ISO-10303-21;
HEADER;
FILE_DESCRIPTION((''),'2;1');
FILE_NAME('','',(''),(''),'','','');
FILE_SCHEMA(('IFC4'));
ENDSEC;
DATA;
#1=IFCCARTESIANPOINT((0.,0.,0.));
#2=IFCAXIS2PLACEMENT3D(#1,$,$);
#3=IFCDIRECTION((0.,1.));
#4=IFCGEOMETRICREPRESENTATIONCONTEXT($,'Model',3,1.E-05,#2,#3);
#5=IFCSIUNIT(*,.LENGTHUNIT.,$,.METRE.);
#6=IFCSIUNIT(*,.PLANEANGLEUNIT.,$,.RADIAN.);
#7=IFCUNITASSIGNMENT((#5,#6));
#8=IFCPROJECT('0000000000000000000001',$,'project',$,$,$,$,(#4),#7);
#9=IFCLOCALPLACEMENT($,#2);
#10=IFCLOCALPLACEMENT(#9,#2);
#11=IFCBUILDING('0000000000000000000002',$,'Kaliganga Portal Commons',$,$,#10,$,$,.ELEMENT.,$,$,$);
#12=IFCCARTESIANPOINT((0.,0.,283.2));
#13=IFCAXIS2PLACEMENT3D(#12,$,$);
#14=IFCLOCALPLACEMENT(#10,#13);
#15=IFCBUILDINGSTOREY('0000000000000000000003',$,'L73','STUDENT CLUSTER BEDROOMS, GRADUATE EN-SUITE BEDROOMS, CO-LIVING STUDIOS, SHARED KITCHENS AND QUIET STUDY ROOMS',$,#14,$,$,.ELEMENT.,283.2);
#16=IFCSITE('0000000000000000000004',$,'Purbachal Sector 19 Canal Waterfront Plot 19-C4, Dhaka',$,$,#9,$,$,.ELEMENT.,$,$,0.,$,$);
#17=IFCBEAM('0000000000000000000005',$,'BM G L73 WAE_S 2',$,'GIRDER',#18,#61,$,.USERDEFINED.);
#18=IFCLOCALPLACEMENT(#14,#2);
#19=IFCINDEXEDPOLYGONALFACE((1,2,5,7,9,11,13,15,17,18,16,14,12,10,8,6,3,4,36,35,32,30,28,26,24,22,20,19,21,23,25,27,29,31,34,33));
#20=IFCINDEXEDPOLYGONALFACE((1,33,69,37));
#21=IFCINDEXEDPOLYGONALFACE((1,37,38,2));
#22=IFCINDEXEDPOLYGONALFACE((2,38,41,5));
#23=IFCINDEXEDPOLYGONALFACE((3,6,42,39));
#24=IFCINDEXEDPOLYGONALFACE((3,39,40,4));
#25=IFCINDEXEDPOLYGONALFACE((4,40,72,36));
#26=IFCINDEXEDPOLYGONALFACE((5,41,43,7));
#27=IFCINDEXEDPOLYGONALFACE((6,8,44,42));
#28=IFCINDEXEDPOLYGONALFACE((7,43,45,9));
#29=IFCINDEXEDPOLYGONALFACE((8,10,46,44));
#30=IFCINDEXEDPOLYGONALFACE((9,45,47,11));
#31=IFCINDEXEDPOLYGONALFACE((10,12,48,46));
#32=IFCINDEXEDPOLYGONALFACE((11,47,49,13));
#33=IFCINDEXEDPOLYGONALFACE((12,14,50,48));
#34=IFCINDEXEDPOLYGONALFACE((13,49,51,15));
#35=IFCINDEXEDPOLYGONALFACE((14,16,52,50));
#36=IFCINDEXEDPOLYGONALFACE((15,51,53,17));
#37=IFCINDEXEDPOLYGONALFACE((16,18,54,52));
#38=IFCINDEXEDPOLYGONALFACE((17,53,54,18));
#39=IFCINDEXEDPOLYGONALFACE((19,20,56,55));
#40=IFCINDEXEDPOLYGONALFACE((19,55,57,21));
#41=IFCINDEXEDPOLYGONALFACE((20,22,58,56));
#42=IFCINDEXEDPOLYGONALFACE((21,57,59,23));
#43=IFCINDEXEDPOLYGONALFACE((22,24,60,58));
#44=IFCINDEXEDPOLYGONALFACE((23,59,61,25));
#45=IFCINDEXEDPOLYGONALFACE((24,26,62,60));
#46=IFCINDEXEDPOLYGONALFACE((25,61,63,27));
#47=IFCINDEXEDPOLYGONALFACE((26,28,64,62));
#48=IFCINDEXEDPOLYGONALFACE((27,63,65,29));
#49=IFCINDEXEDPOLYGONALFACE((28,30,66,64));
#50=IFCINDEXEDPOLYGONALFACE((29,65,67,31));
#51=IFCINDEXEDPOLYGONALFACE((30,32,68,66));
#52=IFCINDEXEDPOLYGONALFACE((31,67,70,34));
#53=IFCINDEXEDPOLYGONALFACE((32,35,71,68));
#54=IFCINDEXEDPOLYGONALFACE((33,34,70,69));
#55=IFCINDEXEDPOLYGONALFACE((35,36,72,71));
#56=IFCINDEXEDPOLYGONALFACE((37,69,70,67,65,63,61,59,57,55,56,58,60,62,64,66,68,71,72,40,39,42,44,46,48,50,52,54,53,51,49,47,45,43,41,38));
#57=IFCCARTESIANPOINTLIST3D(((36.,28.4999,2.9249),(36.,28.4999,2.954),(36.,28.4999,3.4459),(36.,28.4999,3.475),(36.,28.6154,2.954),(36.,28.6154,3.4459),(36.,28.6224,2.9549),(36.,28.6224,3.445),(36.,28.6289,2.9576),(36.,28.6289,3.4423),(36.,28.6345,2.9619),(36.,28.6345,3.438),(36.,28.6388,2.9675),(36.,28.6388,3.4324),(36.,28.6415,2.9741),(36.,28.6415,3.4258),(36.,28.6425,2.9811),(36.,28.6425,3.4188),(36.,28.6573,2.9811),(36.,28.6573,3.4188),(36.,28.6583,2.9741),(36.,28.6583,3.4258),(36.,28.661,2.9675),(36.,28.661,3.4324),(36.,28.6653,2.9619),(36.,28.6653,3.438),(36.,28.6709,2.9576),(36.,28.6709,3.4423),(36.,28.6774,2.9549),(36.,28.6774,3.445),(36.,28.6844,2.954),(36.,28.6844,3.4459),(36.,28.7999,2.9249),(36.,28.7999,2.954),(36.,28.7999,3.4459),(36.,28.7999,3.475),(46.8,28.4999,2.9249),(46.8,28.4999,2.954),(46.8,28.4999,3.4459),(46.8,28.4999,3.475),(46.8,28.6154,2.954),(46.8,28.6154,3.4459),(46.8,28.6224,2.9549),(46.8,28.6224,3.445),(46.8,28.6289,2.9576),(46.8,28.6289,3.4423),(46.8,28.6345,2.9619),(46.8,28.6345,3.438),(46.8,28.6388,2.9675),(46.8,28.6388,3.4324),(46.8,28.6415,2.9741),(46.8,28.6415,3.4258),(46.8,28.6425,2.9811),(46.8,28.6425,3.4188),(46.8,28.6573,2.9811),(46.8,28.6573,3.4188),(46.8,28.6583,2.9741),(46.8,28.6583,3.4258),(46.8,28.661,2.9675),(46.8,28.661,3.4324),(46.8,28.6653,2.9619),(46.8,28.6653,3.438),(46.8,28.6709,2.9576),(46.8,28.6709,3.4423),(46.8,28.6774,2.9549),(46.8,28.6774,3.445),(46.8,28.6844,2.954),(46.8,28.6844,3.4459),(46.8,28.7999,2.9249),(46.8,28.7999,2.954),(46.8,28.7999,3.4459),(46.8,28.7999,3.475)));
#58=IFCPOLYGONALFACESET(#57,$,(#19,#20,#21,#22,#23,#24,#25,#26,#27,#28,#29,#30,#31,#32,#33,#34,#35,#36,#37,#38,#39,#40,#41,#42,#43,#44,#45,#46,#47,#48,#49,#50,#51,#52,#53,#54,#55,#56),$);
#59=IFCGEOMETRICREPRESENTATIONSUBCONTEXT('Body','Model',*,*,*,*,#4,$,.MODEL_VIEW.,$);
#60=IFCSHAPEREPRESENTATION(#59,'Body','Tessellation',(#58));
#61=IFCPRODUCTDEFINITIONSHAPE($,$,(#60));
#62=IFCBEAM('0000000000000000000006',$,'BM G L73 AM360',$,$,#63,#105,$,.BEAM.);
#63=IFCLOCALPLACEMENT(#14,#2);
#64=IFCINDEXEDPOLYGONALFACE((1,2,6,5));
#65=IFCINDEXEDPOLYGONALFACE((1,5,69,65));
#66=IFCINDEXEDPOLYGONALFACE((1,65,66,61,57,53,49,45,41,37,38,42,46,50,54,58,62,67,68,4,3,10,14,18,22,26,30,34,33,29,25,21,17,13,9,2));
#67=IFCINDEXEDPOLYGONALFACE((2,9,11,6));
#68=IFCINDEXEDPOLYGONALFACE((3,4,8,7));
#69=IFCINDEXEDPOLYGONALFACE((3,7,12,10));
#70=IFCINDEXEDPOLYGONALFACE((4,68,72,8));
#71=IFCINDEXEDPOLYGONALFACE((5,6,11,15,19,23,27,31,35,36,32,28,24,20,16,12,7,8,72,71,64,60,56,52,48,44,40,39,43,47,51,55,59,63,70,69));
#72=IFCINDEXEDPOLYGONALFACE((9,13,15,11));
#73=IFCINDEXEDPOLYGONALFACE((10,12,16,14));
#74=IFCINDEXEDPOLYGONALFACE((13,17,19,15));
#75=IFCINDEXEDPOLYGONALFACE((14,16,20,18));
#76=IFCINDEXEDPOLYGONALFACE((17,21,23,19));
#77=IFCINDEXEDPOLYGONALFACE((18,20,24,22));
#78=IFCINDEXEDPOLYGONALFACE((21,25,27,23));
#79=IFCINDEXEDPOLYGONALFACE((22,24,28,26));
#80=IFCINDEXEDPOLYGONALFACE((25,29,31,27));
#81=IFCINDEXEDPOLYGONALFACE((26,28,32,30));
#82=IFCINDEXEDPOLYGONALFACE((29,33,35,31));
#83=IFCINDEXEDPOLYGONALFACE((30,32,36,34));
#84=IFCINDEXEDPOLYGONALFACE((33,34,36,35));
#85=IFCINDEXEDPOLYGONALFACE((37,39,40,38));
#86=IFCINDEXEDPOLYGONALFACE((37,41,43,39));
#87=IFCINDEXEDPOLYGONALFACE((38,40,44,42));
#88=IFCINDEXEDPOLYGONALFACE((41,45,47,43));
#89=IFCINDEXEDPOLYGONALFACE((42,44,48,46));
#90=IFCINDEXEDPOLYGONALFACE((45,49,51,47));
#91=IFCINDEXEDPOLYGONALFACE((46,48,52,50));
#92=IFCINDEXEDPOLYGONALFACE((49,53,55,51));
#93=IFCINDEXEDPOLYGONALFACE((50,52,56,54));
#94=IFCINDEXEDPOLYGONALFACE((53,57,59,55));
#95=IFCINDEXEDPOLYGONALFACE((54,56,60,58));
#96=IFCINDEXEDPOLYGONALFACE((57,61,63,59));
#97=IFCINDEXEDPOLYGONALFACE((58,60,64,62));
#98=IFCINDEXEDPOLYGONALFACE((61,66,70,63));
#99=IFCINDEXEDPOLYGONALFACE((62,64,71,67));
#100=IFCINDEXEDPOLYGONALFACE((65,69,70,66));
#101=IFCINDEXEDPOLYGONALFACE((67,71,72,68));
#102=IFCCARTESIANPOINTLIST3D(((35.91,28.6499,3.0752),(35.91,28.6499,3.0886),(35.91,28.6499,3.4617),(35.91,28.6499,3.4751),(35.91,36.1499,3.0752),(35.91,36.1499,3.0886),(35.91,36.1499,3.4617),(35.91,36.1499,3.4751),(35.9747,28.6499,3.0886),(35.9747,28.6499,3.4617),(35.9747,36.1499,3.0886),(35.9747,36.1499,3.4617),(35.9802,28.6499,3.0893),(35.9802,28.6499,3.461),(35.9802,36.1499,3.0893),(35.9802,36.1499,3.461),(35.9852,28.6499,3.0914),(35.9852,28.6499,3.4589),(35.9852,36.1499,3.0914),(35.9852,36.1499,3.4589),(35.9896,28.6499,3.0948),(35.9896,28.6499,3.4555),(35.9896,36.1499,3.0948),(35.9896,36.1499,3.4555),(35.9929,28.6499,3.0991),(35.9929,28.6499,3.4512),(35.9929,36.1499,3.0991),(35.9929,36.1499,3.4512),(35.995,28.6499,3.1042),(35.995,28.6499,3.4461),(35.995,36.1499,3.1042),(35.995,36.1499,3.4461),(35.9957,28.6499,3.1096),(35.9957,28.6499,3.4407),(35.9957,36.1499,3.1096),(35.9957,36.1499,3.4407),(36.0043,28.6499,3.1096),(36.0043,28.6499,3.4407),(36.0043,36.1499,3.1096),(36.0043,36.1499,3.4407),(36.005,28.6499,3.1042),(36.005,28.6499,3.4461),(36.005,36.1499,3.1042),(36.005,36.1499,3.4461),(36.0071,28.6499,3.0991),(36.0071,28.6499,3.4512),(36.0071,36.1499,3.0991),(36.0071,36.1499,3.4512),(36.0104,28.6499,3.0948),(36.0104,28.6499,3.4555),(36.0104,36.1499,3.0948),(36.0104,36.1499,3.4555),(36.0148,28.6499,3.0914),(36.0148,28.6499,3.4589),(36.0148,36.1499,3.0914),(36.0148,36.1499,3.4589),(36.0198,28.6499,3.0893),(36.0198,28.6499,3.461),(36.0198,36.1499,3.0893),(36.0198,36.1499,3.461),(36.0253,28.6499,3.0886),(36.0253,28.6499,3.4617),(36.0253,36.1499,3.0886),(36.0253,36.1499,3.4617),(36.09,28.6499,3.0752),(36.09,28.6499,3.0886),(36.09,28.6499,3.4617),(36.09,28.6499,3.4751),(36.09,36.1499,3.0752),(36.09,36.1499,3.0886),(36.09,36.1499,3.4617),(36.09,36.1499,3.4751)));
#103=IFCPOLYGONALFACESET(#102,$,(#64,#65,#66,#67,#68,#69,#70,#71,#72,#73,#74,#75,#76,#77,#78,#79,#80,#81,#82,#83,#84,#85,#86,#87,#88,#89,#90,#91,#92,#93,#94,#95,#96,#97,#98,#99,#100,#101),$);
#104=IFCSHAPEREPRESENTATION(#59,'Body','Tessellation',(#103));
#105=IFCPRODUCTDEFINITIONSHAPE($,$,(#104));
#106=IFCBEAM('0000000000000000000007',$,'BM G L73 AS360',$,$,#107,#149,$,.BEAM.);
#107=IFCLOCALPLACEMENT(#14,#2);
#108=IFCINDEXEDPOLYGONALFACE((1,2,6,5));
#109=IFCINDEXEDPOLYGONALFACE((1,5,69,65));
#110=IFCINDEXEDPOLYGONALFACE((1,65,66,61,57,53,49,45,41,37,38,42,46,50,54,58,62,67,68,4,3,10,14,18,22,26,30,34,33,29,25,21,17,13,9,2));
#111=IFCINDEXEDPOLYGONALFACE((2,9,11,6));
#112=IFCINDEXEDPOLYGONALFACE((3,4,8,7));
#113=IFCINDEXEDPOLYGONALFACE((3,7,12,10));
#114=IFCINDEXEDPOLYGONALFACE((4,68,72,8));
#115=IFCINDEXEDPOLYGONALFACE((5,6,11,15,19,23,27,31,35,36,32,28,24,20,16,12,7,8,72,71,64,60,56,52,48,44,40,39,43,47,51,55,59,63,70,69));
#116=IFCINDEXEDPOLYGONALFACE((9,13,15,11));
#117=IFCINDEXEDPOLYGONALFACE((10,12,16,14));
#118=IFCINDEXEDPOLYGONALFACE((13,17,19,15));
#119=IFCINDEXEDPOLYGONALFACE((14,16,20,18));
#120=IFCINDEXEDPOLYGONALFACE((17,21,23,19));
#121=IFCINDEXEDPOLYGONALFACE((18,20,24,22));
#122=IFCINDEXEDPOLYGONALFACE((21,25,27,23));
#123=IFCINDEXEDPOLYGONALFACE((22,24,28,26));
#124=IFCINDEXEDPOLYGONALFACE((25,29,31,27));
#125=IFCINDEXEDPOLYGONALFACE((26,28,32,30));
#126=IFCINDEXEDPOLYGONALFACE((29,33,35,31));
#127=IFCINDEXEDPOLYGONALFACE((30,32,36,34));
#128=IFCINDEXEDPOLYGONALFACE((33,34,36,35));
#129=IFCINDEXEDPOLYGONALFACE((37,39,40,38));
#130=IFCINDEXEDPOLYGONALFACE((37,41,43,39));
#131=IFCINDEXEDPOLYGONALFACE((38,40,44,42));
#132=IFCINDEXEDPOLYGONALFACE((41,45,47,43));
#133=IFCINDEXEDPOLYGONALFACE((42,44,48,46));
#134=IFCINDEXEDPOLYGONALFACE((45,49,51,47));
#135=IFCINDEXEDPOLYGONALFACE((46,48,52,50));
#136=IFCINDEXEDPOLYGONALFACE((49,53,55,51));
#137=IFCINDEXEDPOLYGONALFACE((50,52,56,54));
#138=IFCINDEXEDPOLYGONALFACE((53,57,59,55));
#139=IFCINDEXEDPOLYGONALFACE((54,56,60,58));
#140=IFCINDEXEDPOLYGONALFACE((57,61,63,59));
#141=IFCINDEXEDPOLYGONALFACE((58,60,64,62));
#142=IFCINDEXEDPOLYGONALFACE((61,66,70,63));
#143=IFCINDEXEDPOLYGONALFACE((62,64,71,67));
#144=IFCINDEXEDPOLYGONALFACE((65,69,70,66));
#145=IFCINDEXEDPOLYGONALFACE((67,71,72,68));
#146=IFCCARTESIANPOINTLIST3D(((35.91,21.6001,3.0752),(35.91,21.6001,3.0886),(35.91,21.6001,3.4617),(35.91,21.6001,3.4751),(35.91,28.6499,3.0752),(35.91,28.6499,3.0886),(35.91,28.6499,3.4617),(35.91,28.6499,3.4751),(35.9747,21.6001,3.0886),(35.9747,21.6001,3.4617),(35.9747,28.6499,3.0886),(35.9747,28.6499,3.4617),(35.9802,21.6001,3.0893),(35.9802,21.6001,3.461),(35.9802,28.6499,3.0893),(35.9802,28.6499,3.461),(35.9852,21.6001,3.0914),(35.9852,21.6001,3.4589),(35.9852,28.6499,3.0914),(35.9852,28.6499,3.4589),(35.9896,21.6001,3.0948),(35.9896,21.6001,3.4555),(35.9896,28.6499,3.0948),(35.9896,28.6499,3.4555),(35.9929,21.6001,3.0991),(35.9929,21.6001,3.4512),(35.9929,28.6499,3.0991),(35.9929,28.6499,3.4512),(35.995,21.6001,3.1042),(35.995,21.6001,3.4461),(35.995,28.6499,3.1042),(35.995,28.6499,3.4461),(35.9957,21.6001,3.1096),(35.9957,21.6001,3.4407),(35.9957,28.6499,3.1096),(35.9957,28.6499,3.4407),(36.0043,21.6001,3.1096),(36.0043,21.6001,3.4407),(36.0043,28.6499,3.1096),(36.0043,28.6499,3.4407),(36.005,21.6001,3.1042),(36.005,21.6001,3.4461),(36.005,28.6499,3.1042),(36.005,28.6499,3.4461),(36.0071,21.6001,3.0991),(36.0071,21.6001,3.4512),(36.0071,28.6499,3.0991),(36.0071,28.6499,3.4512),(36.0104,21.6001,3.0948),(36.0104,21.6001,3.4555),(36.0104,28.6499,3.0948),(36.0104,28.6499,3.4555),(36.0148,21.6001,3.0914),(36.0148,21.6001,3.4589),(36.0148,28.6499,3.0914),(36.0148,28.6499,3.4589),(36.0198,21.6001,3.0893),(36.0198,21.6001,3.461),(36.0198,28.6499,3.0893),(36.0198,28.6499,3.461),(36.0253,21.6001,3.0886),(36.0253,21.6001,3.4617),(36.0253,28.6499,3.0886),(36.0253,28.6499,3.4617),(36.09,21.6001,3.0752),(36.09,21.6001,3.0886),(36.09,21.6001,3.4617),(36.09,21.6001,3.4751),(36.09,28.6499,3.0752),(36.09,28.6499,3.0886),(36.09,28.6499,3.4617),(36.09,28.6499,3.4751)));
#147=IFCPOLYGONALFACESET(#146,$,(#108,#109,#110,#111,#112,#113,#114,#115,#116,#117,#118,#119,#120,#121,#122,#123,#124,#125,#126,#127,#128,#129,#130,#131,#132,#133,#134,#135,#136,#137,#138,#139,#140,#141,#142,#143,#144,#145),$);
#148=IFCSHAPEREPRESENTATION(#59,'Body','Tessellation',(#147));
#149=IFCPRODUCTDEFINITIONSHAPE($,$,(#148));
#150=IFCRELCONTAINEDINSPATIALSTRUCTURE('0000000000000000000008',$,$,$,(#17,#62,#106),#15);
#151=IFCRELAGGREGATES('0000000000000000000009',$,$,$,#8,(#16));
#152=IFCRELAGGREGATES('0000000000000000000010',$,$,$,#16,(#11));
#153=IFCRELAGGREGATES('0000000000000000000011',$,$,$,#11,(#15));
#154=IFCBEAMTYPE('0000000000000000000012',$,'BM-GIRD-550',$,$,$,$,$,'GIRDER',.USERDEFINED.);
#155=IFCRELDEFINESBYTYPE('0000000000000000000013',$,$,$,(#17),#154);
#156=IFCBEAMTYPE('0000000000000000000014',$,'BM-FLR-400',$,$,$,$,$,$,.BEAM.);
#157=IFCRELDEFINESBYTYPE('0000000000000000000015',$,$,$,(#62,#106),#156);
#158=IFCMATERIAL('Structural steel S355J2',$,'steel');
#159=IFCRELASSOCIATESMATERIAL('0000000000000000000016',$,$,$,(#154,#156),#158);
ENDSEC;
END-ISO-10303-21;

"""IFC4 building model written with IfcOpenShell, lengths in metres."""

from ifc_helpers import new_model, si_unit, direction, frame, origin, origin_2d, place, context, subcontext, project, spatial, i_section, extrude, source, transform, mapped, material, material_profile, profile_set, type_object, element, save


model = new_model("IFC4")

# Units and contexts
model_context = context("Model", 3, precision=1e-05, world=origin(), true_north=direction((0.0, 1.0)))
body_context = subcontext(model_context, "Body", "Model", "MODEL_VIEW")
ifc_project = project(units=[si_unit("LENGTHUNIT", "METRE"), si_unit("PLANEANGLEUNIT", "RADIAN")], contexts=[model_context])

# Site, building, storey
site_placement = place(None, origin())
site = spatial("IfcSite", under=ifc_project, at=site_placement, Name="Purbachal Sector 19 Canal Waterfront Plot 19-C4, Dhaka", CompositionType="ELEMENT", RefElevation=0.0)
building_placement = place(site_placement, origin())
building = spatial("IfcBuilding", under=site, at=building_placement, Name="Kaliganga Portal Commons", CompositionType="ELEMENT")
storey_placement = place(building_placement, frame((0.0, 0.0, 283.2)))
storey = spatial("IfcBuildingStorey", under=building, at=storey_placement, Name="L73", Description="STUDENT CLUSTER BEDROOMS, GRADUATE EN-SUITE BEDROOMS, CO-LIVING STUDIOS, SHARED KITCHENS AND QUIET STUDY ROOMS", CompositionType="ELEMENT", Elevation=283.2)

# Shared definitions
ifc_material_1 = material(Name="Structural steel S355J2", Category="steel")

# Beams
ifc_material_profile_1 = material_profile(ifc_material_1, i_section(OverallWidth=0.3, OverallDepth=0.55, WebThickness=0.0149, FlangeThickness=0.0291, FilletRadius=0.0271, at=origin_2d()), Name="HE 550 B")
ifc_profile_set_1 = profile_set([ifc_material_profile_1], Name="Structural steel S355J2 wide-flange")
beam_type_1 = type_object("IfcBeamType", Name="BM-GIRD-550", ElementType="GIRDER", PredefinedType="USERDEFINED", material=ifc_profile_set_1)
shared_shape_1 = source(origin(), body_context, "Body", "SweptSolid", [
    extrude(i_section(OverallWidth=0.3, OverallDepth=0.55, WebThickness=0.0149, FlangeThickness=0.0291, FilletRadius=0.0271, at=origin_2d()), origin(), (0.0, 0.0, 1.0), 10.8),
])
beam_1_placement = place(storey_placement, frame((36.0, 28.6499, 3.2), z_axis=(1.0, 0.0, 0.0), x_axis=(0.0, 1.0, 0.0)))
element("IfcBeam", 1, at=beam_1_placement, inside=storey, type_object=beam_type_1, Name="BM G L73 WAE_S 2", ObjectType="GIRDER", PredefinedType="USERDEFINED", context=body_context, shape_type="MappedRepresentation", body=[
    mapped(shared_shape_1, transform((0.0, 0.0, 0.0), x_axis=(1.0, 0.0, 0.0), y_axis=(0.0, 1.0, 0.0), z_axis=(0.0, 0.0, 1.0), scale=1.0)),
])
ifc_material_profile_2 = material_profile(ifc_material_1, i_section(OverallWidth=0.1799, OverallDepth=0.3999, WebThickness=0.0085, FlangeThickness=0.0134, FilletRadius=0.021, at=origin_2d()), Name="IPE 400")
ifc_profile_set_2 = profile_set([ifc_material_profile_2], Name="Structural steel S355J2 wide-flange")
beam_type_2 = type_object("IfcBeamType", Name="BM-FLR-400", PredefinedType="BEAM", material=ifc_profile_set_2)
shared_shape_2 = source(origin(), body_context, "Body", "SweptSolid", [
    extrude(i_section(OverallWidth=0.1799, OverallDepth=0.3999, WebThickness=0.0085, FlangeThickness=0.0134, FilletRadius=0.021, at=origin_2d()), origin(), (0.0, 0.0, 1.0), 7.5),
])
beam_2_placement = place(storey_placement, frame((36.0, 28.6499, 3.2751), z_axis=(0.0, 1.0, 0.0), x_axis=(-1.0, 0.0, 0.0)))
element("IfcBeam", 2, at=beam_2_placement, inside=storey, type_object=beam_type_2, Name="BM G L73 AM360", PredefinedType="BEAM", context=body_context, shape_type="MappedRepresentation", body=[
    mapped(shared_shape_2, transform((0.0, 0.0, 0.0), x_axis=(1.0, 0.0, 0.0), y_axis=(0.0, 1.0, 0.0), z_axis=(0.0, 0.0, 1.0), scale=1.0)),
])
shared_shape_3 = source(origin(), body_context, "Body", "SweptSolid", [
    extrude(i_section(OverallWidth=0.1799, OverallDepth=0.3999, WebThickness=0.0085, FlangeThickness=0.0134, FilletRadius=0.021, at=origin_2d()), origin(), (0.0, 0.0, 1.0), 7.0498),
])
beam_3_placement = place(storey_placement, frame((36.0, 21.6001, 3.2751), z_axis=(0.0, 1.0, 0.0), x_axis=(-1.0, 0.0, 0.0)))
element("IfcBeam", 3, at=beam_3_placement, inside=storey, type_object=beam_type_2, Name="BM G L73 AS360", PredefinedType="BEAM", context=body_context, shape_type="MappedRepresentation", body=[
    mapped(shared_shape_3, transform((0.0, 0.0, 0.0), x_axis=(1.0, 0.0, 0.0), y_axis=(0.0, 1.0, 0.0), z_axis=(0.0, 0.0, 1.0), scale=1.0)),
])

save(model, "model.ifc")
